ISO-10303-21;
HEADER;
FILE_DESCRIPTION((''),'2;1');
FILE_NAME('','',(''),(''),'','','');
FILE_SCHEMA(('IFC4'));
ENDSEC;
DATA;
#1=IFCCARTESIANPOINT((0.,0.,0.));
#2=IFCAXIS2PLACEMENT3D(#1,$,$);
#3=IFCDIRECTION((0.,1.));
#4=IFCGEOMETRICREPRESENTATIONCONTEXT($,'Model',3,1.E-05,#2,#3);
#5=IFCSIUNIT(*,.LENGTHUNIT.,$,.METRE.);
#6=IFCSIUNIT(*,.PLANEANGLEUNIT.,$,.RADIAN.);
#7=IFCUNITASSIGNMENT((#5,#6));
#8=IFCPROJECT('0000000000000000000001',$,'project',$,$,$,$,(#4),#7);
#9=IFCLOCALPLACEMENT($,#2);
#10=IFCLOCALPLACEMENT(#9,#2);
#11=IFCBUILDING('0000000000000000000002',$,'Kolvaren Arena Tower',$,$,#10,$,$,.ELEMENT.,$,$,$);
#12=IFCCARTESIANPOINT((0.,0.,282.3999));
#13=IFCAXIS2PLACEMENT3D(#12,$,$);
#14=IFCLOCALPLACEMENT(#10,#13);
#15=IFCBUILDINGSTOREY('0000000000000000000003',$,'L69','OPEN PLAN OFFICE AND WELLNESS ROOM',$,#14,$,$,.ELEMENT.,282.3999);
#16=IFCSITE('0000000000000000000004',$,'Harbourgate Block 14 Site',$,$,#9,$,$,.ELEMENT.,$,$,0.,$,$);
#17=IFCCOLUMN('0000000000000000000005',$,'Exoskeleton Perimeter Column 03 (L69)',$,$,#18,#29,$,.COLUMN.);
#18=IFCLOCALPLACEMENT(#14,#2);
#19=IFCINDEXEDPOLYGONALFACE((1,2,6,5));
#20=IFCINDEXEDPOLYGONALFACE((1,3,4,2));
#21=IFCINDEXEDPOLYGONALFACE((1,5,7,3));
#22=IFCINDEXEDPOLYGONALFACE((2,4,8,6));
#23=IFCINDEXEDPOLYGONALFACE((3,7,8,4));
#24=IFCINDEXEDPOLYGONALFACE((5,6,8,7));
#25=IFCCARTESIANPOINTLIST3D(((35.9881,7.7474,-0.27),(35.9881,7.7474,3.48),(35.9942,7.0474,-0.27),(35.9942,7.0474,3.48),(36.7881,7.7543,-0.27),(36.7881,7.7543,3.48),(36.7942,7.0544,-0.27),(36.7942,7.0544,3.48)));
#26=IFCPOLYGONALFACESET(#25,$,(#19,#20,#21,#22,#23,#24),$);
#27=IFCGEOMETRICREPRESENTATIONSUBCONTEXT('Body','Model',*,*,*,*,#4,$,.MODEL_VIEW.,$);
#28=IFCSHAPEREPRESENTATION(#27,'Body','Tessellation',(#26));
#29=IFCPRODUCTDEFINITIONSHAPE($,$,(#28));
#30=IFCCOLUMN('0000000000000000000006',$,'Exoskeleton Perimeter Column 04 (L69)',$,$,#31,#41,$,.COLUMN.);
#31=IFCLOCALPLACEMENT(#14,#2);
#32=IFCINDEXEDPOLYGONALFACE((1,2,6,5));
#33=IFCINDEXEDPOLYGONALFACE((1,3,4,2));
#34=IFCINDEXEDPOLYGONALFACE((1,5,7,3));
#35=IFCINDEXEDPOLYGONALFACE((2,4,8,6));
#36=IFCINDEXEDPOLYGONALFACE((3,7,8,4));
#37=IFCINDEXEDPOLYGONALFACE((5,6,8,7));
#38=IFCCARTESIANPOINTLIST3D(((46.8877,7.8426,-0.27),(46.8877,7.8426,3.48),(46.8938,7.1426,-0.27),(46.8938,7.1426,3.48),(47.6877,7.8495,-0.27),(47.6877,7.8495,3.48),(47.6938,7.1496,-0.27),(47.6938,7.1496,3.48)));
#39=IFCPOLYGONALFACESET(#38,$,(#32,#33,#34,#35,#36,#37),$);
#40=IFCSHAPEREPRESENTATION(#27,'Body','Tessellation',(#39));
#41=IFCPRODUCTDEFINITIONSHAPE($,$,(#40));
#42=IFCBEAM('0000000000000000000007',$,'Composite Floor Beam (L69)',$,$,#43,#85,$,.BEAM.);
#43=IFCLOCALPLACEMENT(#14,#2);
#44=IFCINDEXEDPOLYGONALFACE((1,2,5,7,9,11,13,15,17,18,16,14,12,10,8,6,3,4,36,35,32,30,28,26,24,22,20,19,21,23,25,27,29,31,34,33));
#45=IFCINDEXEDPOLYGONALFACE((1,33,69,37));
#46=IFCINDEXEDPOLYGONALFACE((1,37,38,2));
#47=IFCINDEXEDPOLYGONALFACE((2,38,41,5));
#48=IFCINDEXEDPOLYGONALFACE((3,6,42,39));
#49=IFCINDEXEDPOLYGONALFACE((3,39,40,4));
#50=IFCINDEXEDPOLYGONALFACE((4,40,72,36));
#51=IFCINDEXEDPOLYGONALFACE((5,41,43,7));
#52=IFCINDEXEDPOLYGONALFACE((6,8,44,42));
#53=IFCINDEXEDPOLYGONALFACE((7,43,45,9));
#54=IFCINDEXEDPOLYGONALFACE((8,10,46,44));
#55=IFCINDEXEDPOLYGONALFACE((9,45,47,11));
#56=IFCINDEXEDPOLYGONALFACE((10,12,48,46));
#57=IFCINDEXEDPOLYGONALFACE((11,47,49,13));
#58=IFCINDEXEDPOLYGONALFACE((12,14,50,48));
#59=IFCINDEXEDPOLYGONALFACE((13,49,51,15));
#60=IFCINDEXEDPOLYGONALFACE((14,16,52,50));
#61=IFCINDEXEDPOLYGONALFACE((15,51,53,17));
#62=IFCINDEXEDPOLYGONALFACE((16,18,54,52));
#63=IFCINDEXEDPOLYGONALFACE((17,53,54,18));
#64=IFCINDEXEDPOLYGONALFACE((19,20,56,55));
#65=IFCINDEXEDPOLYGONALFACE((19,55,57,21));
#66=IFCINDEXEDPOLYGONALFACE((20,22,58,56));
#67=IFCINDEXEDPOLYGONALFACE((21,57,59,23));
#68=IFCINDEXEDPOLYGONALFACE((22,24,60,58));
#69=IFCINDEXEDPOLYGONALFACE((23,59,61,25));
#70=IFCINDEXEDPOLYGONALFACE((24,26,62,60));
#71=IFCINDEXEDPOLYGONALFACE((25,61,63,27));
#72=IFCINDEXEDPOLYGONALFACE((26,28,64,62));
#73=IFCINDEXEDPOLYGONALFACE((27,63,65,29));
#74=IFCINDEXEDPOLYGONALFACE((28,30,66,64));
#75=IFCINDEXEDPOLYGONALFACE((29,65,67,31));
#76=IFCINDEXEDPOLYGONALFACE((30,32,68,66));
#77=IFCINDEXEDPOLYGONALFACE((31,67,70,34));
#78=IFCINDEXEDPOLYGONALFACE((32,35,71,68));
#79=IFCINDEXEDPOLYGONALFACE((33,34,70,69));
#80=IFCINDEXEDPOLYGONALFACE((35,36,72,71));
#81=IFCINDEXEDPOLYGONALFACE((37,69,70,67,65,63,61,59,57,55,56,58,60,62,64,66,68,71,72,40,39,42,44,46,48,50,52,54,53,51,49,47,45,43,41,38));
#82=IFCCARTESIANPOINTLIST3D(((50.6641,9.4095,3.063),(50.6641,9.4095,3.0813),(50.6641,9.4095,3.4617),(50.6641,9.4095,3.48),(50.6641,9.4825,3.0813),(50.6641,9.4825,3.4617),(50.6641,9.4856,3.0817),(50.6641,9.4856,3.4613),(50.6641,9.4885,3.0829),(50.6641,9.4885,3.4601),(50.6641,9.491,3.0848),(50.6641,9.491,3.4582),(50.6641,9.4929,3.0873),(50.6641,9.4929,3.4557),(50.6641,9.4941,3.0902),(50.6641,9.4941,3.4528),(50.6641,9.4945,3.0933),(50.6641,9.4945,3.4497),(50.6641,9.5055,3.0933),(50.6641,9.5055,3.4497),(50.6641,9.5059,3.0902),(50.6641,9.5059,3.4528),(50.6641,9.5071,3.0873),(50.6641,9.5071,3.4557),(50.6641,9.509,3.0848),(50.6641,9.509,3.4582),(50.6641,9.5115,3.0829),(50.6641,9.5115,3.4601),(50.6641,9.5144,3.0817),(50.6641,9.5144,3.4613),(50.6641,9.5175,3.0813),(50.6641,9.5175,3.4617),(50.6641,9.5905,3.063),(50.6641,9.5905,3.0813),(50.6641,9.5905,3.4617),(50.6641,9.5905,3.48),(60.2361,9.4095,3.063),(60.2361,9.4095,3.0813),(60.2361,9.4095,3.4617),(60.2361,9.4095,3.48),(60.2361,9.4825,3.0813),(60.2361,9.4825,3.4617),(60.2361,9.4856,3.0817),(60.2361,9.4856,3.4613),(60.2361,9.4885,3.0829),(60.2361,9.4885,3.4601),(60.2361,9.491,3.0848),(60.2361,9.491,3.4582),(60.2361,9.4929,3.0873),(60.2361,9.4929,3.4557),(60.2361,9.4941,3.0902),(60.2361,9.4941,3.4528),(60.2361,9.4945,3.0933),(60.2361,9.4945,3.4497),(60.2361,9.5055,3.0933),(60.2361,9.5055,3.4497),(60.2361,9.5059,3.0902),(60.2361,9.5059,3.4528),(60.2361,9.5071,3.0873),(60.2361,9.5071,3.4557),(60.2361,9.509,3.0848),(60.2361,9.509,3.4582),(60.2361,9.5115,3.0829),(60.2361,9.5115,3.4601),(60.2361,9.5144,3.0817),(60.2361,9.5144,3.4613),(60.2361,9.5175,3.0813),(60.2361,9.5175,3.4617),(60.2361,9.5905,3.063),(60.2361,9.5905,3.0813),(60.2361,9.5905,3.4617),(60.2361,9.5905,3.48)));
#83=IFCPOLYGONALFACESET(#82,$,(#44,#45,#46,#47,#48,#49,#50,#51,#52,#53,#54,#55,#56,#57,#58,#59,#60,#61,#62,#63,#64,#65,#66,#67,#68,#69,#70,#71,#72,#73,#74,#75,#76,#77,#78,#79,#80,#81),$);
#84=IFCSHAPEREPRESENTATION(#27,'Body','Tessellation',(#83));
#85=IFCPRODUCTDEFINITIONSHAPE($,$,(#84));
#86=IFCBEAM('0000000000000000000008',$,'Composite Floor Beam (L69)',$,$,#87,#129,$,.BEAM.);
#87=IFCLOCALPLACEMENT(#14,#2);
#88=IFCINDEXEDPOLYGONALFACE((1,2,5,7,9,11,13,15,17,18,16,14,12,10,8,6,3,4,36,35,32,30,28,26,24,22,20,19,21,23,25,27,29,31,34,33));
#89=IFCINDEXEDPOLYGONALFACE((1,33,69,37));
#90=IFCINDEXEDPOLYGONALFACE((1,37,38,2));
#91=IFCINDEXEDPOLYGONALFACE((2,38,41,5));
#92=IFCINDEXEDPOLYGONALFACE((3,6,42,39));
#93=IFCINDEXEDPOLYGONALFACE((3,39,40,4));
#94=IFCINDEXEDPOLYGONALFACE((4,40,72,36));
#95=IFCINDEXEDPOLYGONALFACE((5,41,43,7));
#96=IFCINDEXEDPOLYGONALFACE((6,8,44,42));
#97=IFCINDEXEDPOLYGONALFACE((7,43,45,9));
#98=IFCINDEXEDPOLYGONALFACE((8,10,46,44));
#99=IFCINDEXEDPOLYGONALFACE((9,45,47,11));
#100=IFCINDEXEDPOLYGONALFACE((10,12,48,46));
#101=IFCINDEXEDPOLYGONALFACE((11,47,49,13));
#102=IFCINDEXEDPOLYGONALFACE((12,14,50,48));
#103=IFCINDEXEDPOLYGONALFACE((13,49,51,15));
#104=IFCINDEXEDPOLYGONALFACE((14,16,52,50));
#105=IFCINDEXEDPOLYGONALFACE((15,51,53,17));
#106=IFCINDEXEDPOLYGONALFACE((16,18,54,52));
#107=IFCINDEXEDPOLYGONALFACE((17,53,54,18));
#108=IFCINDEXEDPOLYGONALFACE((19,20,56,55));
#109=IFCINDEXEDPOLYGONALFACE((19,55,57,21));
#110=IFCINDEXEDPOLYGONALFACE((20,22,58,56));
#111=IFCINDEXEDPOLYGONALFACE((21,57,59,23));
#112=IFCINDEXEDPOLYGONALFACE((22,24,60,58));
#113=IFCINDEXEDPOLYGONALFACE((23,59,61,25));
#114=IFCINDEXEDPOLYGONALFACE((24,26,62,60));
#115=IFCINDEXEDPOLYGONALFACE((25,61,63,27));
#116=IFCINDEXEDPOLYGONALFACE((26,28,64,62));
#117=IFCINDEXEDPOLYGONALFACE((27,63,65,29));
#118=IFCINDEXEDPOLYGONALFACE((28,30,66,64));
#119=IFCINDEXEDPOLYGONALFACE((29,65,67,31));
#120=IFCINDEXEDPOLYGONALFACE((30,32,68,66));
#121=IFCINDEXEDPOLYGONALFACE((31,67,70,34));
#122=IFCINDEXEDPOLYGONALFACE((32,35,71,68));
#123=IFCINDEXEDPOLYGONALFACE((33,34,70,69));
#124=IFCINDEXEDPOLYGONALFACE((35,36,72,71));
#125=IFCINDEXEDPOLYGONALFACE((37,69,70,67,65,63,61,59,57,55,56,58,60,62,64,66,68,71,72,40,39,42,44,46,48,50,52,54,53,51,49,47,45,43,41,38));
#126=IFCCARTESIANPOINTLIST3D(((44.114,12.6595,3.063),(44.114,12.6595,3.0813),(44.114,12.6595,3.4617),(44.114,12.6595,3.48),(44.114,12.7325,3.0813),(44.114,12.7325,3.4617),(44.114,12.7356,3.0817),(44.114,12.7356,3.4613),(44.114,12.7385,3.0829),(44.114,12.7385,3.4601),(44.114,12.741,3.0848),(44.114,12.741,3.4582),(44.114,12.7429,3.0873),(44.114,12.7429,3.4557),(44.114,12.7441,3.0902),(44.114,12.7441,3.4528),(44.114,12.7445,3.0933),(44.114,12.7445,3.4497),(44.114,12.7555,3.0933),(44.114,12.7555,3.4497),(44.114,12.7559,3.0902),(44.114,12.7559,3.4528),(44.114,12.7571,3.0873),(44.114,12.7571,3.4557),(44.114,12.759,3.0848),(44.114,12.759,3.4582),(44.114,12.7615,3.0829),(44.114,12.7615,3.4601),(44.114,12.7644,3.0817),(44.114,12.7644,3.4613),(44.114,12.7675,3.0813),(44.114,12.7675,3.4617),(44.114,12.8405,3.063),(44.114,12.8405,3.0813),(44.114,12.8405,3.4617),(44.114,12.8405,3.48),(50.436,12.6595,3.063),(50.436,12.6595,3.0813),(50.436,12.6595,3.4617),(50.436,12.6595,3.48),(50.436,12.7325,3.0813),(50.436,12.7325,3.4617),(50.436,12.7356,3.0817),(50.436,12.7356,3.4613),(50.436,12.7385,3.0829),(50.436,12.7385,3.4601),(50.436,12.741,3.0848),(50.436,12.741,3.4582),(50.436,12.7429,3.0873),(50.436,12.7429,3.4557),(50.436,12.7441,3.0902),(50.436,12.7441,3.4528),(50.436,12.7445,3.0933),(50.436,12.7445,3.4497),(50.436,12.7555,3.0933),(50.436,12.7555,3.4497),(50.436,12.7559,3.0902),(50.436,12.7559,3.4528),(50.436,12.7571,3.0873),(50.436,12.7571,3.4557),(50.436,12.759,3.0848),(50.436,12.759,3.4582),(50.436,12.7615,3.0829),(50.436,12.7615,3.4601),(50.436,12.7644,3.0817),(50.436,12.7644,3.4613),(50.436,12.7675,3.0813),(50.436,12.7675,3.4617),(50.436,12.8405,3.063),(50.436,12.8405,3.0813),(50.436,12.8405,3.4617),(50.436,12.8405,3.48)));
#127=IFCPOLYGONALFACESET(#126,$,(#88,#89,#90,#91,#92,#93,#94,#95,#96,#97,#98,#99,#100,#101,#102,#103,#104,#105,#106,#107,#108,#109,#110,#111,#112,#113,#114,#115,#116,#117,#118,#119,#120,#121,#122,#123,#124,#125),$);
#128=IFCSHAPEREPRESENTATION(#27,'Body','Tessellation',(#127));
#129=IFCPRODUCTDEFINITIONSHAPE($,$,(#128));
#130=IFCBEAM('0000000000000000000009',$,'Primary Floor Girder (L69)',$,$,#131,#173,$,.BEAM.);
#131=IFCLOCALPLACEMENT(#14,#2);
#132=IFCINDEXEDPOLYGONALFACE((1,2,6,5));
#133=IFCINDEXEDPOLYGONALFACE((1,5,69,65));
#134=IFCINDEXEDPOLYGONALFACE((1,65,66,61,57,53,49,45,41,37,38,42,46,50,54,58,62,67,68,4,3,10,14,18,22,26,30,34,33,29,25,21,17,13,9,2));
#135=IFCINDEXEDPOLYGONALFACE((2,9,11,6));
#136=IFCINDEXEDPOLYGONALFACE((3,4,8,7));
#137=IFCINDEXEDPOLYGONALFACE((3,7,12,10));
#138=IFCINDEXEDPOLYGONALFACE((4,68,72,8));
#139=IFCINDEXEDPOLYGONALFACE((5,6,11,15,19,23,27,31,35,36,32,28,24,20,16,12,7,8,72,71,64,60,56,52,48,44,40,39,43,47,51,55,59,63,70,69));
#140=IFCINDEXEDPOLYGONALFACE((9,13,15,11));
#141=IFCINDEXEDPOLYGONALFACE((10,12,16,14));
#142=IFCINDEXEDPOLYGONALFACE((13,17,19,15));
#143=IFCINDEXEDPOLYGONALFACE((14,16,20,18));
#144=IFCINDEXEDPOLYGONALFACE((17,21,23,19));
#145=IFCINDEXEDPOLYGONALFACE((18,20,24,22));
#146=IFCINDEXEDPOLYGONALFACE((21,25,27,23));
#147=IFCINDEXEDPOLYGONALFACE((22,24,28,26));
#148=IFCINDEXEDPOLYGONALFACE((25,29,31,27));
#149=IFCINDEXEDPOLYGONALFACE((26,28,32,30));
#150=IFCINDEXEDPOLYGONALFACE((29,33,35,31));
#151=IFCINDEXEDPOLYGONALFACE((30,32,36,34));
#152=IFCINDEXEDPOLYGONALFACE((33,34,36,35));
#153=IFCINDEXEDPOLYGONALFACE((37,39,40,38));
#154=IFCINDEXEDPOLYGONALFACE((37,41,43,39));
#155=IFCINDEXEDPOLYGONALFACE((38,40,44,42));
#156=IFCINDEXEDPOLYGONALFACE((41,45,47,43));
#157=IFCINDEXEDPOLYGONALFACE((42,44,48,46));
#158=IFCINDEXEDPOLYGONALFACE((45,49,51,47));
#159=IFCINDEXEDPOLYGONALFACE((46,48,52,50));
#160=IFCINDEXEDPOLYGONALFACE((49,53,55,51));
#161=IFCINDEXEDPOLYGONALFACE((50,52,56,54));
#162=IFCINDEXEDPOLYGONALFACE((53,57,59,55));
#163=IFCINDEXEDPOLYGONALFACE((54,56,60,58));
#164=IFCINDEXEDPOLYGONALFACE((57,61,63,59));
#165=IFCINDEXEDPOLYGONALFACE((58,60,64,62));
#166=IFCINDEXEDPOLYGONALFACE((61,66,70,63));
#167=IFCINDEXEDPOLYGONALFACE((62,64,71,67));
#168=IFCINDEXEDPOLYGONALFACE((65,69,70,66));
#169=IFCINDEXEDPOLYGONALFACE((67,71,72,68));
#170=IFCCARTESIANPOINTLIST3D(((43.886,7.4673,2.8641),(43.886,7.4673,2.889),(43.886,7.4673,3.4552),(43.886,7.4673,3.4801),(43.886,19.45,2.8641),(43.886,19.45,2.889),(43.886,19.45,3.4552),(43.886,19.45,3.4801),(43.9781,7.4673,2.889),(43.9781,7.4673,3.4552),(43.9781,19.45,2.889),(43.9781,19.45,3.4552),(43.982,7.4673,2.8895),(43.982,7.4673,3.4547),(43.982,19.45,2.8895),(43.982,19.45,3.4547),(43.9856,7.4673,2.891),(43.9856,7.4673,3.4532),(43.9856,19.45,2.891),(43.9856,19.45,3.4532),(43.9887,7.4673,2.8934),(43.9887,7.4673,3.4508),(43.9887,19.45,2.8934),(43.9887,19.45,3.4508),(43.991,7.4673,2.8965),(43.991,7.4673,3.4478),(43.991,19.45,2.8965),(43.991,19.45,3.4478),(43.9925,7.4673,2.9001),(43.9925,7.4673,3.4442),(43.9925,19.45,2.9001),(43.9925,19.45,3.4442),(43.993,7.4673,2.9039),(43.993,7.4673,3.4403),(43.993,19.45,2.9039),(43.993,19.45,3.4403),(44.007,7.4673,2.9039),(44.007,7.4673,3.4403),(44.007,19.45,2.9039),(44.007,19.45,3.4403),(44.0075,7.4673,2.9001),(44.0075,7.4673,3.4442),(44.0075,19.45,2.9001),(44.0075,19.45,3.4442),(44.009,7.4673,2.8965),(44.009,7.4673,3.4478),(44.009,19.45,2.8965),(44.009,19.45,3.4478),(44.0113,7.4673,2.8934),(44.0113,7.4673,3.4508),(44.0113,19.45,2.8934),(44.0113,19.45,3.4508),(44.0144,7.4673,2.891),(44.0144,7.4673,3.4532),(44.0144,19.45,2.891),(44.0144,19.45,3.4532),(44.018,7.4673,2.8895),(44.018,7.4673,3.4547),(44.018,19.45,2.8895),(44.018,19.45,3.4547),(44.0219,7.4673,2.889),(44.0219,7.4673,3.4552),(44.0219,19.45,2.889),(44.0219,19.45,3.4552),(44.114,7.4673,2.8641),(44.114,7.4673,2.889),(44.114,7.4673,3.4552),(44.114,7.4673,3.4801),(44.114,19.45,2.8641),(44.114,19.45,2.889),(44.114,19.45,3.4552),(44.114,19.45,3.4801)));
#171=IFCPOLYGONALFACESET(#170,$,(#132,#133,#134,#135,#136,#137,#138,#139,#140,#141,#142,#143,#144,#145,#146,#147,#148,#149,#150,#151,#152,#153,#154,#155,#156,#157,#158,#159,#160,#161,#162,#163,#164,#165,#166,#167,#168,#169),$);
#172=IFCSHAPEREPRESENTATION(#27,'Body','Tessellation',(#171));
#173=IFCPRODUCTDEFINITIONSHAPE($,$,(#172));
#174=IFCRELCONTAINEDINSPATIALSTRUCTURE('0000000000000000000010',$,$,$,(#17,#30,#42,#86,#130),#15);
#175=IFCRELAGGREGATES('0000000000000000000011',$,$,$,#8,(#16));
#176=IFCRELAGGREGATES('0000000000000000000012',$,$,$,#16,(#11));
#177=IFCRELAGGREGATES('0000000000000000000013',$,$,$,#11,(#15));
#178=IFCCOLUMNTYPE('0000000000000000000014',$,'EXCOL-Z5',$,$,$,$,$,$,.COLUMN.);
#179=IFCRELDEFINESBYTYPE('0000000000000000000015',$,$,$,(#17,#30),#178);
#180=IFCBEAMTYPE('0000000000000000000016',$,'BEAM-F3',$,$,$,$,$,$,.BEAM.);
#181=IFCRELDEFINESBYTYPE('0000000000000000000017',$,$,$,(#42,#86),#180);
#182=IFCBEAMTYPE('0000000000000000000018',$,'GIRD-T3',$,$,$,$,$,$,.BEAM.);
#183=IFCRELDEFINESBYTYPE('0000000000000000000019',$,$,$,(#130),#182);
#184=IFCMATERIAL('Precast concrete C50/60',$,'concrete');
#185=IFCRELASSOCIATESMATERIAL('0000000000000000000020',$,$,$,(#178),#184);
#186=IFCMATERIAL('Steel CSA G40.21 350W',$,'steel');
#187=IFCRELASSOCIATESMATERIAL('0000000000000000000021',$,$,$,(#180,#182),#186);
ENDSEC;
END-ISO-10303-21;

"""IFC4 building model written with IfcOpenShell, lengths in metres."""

from ifc_helpers import new_model, si_unit, direction, frame, origin, origin_2d, place, context, subcontext, project, spatial, rectangle, i_section, extrude, material, material_profile, profile_set, type_object, element, save


model = new_model("IFC4")

# Units and contexts
model_context = context("Model", 3, precision=1e-05, world=origin(), true_north=direction((0.0, 1.0)))
body_context = subcontext(model_context, "Body", "Model", "MODEL_VIEW")
ifc_project = project(units=[si_unit("LENGTHUNIT", "METRE"), si_unit("PLANEANGLEUNIT", "RADIAN")], contexts=[model_context])

# Site, building, storey
site_placement = place(None, origin())
site = spatial("IfcSite", under=ifc_project, at=site_placement, Name="Harbourgate Block 14 Site", CompositionType="ELEMENT", RefElevation=0.0)
building_placement = place(site_placement, origin())
building = spatial("IfcBuilding", under=site, at=building_placement, Name="Kolvaren Arena Tower", CompositionType="ELEMENT")
storey_placement = place(building_placement, frame((0.0, 0.0, 282.3999)))
storey = spatial("IfcBuildingStorey", under=building, at=storey_placement, Name="L69", Description="OPEN PLAN OFFICE AND WELLNESS ROOM", CompositionType="ELEMENT", Elevation=282.3999)

# Columns
ifc_material_1 = material(Name="Precast concrete C50/60", Category="concrete")
ifc_material_profile_1 = material_profile(ifc_material_1, rectangle(XDim=0.8, YDim=0.7, at=origin_2d()), Name="RC-800x700")
ifc_profile_set_1 = profile_set([ifc_material_profile_1], Name="Precast concrete C50/60")
column_type = type_object("IfcColumnType", Name="EXCOL-Z5", PredefinedType="COLUMN", material=ifc_profile_set_1)
for number, where, z_axis, x_axis, name in (
    (1, (36.3911, 7.4009, -0.27), (0.0, 0.0, 1.0), (0.999962, 0.008727, 0.0), "Exoskeleton Perimeter Column 03 (L69)"),
    (2, (47.2908, 7.4961, -0.27), (0.0, 0.0, 1.0), (0.999962, 0.008727, 0.0), "Exoskeleton Perimeter Column 04 (L69)"),
):
    element("IfcColumn", number, at=place(storey_placement, frame(where, z_axis=z_axis, x_axis=x_axis)), inside=storey, type_object=column_type, Name=name, PredefinedType="COLUMN", context=body_context, shape_type="SweptSolid", body=[
        extrude(rectangle(XDim=0.8, YDim=0.7, at=origin_2d()), origin(), (0.0, 0.0, 1.0), 3.75),
    ])

# Beams
ifc_material_2 = material(Name="Steel CSA G40.21 350W", Category="steel")
ifc_material_profile_2 = material_profile(ifc_material_2, i_section(OverallWidth=0.1809, OverallDepth=0.417, WebThickness=0.011, FlangeThickness=0.0183, FilletRadius=0.012, at=origin_2d()), Name="W410x85")
ifc_profile_set_2 = profile_set([ifc_material_profile_2], Name="Steel CSA G40.21 350W")
beam_type_1 = type_object("IfcBeamType", Name="BEAM-F3", PredefinedType="BEAM", material=ifc_profile_set_2)
beam_1_placement = place(storey_placement, frame((50.6641, 9.5, 3.2715), z_axis=(1.0, 0.0, 0.0), x_axis=(0.0, 1.0, 0.0)))
element("IfcBeam", 3, at=beam_1_placement, inside=storey, type_object=beam_type_1, Name="Composite Floor Beam (L69)", PredefinedType="BEAM", context=body_context, shape_type="SweptSolid", body=[
    extrude(i_section(OverallWidth=0.1809, OverallDepth=0.417, WebThickness=0.011, FlangeThickness=0.0183, FilletRadius=0.012, at=origin_2d()), origin(), (0.0, 0.0, 1.0), 9.572),
])
beam_2_placement = place(storey_placement, frame((44.114, 12.75, 3.2715), z_axis=(1.0, 0.0, 0.0), x_axis=(0.0, 1.0, 0.0)))
element("IfcBeam", 4, at=beam_2_placement, inside=storey, type_object=beam_type_1, Name="Composite Floor Beam (L69)", PredefinedType="BEAM", context=body_context, shape_type="SweptSolid", body=[
    extrude(i_section(OverallWidth=0.1809, OverallDepth=0.417, WebThickness=0.011, FlangeThickness=0.0183, FilletRadius=0.012, at=origin_2d()), origin(), (0.0, 0.0, 1.0), 6.322),
])
ifc_material_profile_3 = material_profile(ifc_material_2, i_section(OverallWidth=0.228, OverallDepth=0.616, WebThickness=0.0139, FlangeThickness=0.0249, FilletRadius=0.0149, at=origin_2d()), Name="W610x174")
ifc_profile_set_3 = profile_set([ifc_material_profile_3], Name="Steel CSA G40.21 350W")
beam_type_2 = type_object("IfcBeamType", Name="GIRD-T3", PredefinedType="BEAM", material=ifc_profile_set_3)
beam_3_placement = place(storey_placement, frame((44.0, 7.4673, 3.1721), z_axis=(0.0, 1.0, 0.0), x_axis=(-1.0, 0.0, 0.0)))
element("IfcBeam", 5, at=beam_3_placement, inside=storey, type_object=beam_type_2, Name="Primary Floor Girder (L69)", PredefinedType="BEAM", context=body_context, shape_type="SweptSolid", body=[
    extrude(i_section(OverallWidth=0.228, OverallDepth=0.616, WebThickness=0.0139, FlangeThickness=0.0249, FilletRadius=0.0149, at=origin_2d()), origin(), (0.0, 0.0, 1.0), 11.9827),
])

save(model, "model.ifc")
